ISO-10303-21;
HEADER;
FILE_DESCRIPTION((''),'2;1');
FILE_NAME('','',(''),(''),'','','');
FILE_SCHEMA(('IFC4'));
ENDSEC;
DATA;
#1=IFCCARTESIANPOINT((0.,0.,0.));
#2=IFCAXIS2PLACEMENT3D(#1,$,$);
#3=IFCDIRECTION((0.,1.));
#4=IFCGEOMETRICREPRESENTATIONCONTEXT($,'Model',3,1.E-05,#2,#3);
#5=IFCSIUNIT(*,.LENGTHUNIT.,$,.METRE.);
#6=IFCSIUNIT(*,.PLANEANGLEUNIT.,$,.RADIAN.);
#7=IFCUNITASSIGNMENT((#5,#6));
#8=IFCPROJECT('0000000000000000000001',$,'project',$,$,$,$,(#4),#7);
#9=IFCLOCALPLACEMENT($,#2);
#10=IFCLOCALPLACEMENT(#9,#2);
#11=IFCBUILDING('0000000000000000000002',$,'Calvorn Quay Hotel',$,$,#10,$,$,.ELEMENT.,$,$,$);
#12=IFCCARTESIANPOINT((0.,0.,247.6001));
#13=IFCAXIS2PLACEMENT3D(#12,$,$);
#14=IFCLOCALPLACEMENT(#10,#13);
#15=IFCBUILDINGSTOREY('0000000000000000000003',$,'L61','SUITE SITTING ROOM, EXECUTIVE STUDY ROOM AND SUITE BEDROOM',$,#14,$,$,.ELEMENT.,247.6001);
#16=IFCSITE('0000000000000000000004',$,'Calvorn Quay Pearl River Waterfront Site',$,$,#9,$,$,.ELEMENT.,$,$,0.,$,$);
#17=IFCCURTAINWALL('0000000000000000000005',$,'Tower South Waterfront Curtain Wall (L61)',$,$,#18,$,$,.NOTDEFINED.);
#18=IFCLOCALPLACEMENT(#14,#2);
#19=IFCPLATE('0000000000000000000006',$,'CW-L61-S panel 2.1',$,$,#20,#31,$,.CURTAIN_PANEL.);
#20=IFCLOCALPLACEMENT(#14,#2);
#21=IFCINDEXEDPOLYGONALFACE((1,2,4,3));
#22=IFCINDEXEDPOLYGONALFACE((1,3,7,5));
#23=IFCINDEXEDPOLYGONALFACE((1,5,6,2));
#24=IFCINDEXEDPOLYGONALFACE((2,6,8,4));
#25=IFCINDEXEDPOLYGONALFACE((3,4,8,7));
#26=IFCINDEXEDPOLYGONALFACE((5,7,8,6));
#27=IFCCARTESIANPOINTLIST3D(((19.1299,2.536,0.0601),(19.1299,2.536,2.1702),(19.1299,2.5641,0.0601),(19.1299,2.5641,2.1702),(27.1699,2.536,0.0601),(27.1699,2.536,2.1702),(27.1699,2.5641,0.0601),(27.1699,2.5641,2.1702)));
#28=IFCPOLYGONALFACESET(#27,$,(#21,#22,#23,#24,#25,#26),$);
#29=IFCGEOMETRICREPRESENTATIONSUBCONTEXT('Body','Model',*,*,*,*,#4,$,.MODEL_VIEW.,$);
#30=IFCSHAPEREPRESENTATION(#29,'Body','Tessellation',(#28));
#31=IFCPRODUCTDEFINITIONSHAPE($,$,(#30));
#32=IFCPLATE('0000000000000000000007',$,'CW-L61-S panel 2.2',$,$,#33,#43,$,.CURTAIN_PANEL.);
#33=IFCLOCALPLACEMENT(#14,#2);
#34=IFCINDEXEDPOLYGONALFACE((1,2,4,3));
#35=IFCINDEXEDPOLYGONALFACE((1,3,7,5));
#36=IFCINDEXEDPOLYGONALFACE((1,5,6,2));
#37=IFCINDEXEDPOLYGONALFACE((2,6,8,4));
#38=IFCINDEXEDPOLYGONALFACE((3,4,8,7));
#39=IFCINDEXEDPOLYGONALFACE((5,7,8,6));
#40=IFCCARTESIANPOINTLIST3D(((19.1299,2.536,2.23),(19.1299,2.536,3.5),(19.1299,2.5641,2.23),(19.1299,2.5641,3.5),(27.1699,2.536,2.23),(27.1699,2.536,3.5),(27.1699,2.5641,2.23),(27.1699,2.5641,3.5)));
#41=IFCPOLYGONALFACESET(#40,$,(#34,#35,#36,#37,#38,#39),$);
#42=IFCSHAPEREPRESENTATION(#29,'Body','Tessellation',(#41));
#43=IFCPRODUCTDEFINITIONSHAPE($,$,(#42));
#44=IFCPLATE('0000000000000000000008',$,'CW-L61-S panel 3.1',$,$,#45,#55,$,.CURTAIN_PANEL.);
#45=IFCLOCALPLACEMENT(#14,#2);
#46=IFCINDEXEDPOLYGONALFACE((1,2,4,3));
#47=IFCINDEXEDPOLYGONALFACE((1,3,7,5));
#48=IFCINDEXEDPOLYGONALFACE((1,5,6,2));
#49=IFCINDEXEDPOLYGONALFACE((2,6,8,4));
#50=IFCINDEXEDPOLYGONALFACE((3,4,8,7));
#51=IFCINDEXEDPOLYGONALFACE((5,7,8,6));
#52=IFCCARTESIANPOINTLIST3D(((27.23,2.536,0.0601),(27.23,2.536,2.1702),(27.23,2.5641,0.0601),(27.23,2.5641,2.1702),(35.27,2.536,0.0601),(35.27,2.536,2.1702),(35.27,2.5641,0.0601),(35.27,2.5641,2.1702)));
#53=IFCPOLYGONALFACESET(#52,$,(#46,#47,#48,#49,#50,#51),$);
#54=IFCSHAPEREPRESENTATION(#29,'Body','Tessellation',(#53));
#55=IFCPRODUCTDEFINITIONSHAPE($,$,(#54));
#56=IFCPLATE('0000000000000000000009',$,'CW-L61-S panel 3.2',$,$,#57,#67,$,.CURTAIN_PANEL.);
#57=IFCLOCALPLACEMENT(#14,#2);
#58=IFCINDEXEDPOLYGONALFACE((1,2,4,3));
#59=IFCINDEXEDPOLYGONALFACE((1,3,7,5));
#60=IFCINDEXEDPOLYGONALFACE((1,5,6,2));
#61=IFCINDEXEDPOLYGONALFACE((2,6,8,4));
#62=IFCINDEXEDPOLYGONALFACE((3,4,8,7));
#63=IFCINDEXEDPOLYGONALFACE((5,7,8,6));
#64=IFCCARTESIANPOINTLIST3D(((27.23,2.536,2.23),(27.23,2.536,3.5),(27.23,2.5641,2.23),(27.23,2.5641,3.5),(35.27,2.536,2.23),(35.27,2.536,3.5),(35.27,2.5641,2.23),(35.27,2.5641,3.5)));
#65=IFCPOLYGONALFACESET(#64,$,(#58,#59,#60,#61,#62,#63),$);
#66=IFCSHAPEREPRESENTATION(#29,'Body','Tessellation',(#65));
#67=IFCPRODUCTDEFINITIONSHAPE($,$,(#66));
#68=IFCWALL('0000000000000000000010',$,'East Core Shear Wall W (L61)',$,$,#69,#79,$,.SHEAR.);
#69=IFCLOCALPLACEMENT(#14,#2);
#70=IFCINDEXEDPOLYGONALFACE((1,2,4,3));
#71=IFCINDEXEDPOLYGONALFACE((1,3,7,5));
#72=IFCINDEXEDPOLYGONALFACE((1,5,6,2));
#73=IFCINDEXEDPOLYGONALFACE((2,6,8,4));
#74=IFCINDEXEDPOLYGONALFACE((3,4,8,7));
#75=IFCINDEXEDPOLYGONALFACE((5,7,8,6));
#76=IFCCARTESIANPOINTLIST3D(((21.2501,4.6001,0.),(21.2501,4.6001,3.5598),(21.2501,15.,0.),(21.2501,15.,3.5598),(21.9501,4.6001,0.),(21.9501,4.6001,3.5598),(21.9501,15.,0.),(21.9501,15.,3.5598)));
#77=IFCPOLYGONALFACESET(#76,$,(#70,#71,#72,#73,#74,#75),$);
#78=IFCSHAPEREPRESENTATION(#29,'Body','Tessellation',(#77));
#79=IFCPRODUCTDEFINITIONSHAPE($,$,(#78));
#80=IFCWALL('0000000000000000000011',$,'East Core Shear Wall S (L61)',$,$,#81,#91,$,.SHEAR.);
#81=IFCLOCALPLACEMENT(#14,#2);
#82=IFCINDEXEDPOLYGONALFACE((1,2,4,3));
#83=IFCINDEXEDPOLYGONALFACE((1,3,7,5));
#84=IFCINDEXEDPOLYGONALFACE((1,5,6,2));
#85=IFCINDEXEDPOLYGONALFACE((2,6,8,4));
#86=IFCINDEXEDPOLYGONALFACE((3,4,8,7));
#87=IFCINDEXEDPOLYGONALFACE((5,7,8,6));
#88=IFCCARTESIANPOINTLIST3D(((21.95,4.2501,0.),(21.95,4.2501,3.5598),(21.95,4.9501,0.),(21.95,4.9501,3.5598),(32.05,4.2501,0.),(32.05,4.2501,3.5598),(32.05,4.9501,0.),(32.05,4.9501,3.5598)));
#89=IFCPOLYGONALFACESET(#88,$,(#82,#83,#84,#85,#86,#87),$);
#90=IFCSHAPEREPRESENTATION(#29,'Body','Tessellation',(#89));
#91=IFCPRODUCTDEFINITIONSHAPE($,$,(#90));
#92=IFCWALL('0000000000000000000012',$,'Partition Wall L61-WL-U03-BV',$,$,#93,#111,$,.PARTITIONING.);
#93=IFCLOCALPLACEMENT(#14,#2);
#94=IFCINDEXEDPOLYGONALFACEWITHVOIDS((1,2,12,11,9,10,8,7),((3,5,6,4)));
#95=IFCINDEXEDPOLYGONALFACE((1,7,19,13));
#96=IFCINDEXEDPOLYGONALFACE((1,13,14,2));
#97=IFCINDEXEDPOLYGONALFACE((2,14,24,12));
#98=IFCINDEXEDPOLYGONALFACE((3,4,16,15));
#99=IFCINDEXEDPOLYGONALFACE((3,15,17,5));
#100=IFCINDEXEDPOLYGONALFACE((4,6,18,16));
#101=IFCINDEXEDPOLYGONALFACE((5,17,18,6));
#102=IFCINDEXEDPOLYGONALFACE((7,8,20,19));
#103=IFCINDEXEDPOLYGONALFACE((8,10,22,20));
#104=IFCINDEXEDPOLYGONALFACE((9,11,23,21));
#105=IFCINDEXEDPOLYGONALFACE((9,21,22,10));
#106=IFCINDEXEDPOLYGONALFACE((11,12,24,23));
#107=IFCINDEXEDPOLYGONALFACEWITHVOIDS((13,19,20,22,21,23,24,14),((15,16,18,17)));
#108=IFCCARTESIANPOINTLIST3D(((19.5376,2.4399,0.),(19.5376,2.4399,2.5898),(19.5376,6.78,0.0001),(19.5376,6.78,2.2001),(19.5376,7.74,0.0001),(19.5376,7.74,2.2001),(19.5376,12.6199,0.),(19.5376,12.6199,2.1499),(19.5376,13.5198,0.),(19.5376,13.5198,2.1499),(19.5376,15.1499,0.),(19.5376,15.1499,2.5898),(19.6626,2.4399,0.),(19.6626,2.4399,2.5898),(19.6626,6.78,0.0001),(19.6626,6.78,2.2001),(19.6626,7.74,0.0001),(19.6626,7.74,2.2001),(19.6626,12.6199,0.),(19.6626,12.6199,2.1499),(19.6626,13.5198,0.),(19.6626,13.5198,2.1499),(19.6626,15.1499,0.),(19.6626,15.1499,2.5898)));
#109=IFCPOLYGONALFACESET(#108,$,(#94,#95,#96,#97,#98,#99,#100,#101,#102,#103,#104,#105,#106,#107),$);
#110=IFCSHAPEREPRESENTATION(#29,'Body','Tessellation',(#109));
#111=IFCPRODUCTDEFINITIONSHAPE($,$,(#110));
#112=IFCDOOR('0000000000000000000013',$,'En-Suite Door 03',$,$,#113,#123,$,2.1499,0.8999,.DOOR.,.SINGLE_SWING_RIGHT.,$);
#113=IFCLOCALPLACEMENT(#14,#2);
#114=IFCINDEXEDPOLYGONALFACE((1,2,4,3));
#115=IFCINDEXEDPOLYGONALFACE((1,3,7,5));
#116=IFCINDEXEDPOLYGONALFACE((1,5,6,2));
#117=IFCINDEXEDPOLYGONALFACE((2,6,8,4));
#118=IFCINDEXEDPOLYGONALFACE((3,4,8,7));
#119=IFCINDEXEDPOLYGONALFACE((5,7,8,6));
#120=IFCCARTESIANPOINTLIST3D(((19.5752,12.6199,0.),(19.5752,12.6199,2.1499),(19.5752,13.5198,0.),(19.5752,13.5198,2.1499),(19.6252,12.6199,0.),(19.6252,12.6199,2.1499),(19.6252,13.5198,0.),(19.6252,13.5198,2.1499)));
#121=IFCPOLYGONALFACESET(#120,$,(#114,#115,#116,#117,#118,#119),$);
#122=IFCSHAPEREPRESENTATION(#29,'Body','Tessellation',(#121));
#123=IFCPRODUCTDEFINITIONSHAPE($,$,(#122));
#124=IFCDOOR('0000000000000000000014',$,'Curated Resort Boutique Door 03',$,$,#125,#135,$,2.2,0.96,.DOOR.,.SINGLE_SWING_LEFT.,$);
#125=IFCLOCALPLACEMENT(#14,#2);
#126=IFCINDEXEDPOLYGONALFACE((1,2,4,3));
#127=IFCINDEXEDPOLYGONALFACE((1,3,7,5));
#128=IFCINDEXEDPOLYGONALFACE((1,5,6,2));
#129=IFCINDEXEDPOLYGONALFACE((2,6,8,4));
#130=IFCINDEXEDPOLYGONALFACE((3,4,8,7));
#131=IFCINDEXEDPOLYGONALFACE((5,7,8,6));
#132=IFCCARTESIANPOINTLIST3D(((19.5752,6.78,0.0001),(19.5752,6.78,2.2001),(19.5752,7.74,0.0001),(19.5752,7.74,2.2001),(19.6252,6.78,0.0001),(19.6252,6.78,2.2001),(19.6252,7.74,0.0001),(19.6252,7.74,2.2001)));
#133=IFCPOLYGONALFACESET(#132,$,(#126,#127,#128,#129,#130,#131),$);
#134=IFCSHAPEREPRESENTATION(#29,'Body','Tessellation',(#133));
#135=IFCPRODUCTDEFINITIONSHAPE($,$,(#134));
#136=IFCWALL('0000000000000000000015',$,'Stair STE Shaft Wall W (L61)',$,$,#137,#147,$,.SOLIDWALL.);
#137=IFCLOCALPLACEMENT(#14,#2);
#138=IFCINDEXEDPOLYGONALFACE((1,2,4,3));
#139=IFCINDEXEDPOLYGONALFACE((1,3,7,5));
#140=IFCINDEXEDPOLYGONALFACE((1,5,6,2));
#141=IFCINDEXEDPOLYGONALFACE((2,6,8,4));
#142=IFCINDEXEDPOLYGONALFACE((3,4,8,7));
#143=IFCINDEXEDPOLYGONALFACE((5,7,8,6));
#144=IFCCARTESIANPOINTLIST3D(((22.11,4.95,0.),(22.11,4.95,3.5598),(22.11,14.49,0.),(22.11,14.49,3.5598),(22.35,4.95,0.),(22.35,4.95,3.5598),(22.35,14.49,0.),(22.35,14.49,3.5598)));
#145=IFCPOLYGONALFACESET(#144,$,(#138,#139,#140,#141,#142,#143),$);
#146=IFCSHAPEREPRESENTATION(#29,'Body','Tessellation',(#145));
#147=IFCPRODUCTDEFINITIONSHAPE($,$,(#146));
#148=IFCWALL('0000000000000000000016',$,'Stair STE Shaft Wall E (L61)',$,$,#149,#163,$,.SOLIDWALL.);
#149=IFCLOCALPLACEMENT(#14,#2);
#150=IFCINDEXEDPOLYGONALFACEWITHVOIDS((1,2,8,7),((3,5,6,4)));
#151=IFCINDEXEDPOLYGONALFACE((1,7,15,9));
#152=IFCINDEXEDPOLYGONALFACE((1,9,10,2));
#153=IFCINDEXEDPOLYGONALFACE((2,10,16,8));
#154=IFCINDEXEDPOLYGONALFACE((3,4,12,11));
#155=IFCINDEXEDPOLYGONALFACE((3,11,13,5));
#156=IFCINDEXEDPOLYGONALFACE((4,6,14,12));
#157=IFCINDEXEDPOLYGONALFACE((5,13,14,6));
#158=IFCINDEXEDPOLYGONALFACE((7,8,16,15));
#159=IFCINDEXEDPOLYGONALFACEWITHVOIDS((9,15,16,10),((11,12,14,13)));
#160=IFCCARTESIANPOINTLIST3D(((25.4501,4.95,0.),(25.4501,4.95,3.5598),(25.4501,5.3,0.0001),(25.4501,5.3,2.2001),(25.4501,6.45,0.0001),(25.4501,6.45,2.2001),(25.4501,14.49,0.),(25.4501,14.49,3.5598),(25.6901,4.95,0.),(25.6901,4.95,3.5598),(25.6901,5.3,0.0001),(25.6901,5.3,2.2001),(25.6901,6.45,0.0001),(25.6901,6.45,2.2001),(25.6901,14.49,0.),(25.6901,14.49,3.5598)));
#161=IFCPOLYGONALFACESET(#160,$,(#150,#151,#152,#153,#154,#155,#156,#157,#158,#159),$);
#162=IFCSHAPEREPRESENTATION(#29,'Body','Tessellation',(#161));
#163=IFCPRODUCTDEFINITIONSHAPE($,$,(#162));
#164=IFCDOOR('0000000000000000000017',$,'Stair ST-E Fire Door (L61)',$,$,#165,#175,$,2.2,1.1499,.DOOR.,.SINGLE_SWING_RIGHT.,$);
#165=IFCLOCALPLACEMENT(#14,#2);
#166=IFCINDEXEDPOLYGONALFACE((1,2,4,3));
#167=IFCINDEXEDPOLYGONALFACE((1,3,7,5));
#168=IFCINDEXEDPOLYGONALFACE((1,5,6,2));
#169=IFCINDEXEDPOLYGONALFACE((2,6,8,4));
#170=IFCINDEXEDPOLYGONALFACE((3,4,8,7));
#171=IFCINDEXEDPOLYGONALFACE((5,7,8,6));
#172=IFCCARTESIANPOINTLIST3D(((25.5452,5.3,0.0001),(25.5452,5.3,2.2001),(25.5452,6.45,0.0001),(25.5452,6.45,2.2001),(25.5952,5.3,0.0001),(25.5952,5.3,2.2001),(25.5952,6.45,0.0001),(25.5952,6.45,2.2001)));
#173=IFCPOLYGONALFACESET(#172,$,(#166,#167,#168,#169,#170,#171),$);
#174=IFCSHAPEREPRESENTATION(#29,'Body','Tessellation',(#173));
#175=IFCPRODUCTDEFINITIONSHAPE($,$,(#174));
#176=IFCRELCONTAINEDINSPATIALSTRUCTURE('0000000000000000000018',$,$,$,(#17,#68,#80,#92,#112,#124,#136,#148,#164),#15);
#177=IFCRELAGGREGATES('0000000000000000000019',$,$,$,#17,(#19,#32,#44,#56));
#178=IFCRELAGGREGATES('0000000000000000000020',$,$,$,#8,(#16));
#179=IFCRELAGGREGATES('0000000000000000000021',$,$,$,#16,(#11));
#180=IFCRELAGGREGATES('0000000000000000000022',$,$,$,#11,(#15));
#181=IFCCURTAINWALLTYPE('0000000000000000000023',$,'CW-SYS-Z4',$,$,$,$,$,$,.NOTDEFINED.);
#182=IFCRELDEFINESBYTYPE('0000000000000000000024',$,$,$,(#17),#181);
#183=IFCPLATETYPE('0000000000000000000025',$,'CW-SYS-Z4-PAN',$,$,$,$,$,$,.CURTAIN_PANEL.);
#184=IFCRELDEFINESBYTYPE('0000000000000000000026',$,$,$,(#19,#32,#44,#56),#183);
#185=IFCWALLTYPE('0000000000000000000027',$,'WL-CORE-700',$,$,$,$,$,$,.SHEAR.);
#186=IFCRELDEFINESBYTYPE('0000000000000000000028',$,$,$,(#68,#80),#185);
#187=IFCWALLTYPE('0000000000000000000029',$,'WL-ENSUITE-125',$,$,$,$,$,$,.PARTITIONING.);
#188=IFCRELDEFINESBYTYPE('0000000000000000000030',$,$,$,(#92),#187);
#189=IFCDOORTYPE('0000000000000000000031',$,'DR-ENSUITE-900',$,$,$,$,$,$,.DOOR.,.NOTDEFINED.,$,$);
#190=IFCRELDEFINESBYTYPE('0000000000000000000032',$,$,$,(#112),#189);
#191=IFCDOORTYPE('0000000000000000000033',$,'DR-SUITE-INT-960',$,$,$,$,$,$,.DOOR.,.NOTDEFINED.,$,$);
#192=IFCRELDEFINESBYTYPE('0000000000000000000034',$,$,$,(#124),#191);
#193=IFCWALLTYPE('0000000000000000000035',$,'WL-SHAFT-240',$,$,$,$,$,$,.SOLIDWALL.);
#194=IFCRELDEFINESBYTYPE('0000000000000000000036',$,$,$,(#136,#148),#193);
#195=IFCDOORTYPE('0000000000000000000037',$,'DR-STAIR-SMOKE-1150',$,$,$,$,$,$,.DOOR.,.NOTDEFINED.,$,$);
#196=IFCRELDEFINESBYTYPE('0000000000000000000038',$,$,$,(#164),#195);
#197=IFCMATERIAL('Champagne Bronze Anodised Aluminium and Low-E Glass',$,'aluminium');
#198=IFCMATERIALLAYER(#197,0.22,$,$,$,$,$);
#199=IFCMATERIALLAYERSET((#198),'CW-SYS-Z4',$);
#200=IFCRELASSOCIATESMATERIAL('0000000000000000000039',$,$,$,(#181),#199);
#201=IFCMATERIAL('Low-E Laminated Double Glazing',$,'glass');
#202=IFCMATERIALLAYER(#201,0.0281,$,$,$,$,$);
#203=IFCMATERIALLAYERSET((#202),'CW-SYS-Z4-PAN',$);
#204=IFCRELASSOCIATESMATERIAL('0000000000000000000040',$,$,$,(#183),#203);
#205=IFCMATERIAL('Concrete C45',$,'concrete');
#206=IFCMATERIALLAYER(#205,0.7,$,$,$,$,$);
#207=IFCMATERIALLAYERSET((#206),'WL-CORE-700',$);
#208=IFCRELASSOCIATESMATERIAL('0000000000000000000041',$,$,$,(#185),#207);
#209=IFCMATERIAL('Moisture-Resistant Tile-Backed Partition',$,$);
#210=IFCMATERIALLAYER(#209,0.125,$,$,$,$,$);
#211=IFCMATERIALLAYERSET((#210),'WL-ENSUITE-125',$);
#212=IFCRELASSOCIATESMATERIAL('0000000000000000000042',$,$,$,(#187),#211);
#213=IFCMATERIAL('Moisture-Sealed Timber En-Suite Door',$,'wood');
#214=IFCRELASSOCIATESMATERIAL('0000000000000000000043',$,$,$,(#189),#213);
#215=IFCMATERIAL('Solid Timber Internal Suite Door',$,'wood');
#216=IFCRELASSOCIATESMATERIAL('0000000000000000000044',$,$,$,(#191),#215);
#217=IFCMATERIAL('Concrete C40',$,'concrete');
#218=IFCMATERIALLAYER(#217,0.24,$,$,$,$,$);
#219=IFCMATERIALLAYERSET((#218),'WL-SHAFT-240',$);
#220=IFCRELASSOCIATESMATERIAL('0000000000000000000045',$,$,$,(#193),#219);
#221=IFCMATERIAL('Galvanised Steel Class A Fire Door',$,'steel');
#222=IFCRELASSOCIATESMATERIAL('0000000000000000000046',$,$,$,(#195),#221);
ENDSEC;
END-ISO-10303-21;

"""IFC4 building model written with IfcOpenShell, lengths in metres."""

from ifc_helpers import new_model, si_unit, direction, frame, frame_2d, origin, origin_2d, place, context, subcontext, project, spatial, rectangle, extrude, material, layer, layer_set, type_object, element, fill, aggregate, save


model = new_model("IFC4")

# Units and contexts
model_context = context("Model", 3, precision=1e-05, world=origin(), true_north=direction((0.0, 1.0)))
body_context = subcontext(model_context, "Body", "Model", "MODEL_VIEW")
ifc_project = project(units=[si_unit("LENGTHUNIT", "METRE"), si_unit("PLANEANGLEUNIT", "RADIAN")], contexts=[model_context])

# Site, building, storey
site_placement = place(None, origin())
site = spatial("IfcSite", under=ifc_project, at=site_placement, Name="Calvorn Quay Pearl River Waterfront Site", CompositionType="ELEMENT", RefElevation=0.0)
building_placement = place(site_placement, origin())
building = spatial("IfcBuilding", under=site, at=building_placement, Name="Calvorn Quay Hotel", CompositionType="ELEMENT")
storey_placement = place(building_placement, frame((0.0, 0.0, 247.6001)))
storey = spatial("IfcBuildingStorey", under=building, at=storey_placement, Name="L61", Description="SUITE SITTING ROOM, EXECUTIVE STUDY ROOM AND SUITE BEDROOM", CompositionType="ELEMENT", Elevation=247.6001)

# Curtain wall, plates
ifc_material_1 = material(Name="Champagne Bronze Anodised Aluminium and Low-E Glass", Category="aluminium")
ifc_layer_1 = layer(ifc_material_1, 0.22)
ifc_layer_set_1 = layer_set([ifc_layer_1], Name="CW-SYS-Z4")
curtain_wall_type = type_object("IfcCurtainWallType", Name="CW-SYS-Z4", PredefinedType="NOTDEFINED", material=ifc_layer_set_1)
curtain_wall_placement = place(storey_placement, origin())
curtain_wall = element("IfcCurtainWall", 1, at=curtain_wall_placement, inside=storey, type_object=curtain_wall_type, Name="Tower South Waterfront Curtain Wall (L61)", PredefinedType="NOTDEFINED")
ifc_material_2 = material(Name="Low-E Laminated Double Glazing", Category="glass")
ifc_layer_2 = layer(ifc_material_2, 0.0281)
ifc_layer_set_2 = layer_set([ifc_layer_2], Name="CW-SYS-Z4-PAN")
plate_type = type_object("IfcPlateType", Name="CW-SYS-Z4-PAN", PredefinedType="CURTAIN_PANEL", material=ifc_layer_set_2)
plate_1_placement = place(storey_placement, frame((23.1499, 2.55, 0.0601), z_axis=(0.0, 0.0, 1.0), x_axis=(1.0, 0.0, 0.0)))
plate_1 = element("IfcPlate", 2, at=plate_1_placement, type_object=plate_type, Name="CW-L61-S panel 2.1", PredefinedType="CURTAIN_PANEL", context=body_context, shape_type="SweptSolid", body=[
    extrude(rectangle(XDim=8.04, YDim=0.0281, at=origin_2d()), origin(), (0.0, 0.0, 1.0), 2.1101),
])
plate_2_placement = place(storey_placement, frame((23.1499, 2.55, 2.23), z_axis=(0.0, 0.0, 1.0), x_axis=(1.0, 0.0, 0.0)))
plate_2 = element("IfcPlate", 3, at=plate_2_placement, type_object=plate_type, Name="CW-L61-S panel 2.2", PredefinedType="CURTAIN_PANEL", context=body_context, shape_type="SweptSolid", body=[
    extrude(rectangle(XDim=8.04, YDim=0.0281, at=origin_2d()), origin(), (0.0, 0.0, 1.0), 1.27),
])
plate_3_placement = place(storey_placement, frame((31.25, 2.55, 0.0601), z_axis=(0.0, 0.0, 1.0), x_axis=(1.0, 0.0, 0.0)))
plate_3 = element("IfcPlate", 4, at=plate_3_placement, type_object=plate_type, Name="CW-L61-S panel 3.1", PredefinedType="CURTAIN_PANEL", context=body_context, shape_type="SweptSolid", body=[
    extrude(rectangle(XDim=8.04, YDim=0.0281, at=origin_2d()), origin(), (0.0, 0.0, 1.0), 2.1101),
])
plate_4_placement = place(storey_placement, frame((31.25, 2.55, 2.23), z_axis=(0.0, 0.0, 1.0), x_axis=(1.0, 0.0, 0.0)))
plate_4 = element("IfcPlate", 5, at=plate_4_placement, type_object=plate_type, Name="CW-L61-S panel 3.2", PredefinedType="CURTAIN_PANEL", context=body_context, shape_type="SweptSolid", body=[
    extrude(rectangle(XDim=8.04, YDim=0.0281, at=origin_2d()), origin(), (0.0, 0.0, 1.0), 1.27),
])
aggregate(curtain_wall, [plate_1, plate_2, plate_3, plate_4])

# Walls
ifc_material_3 = material(Name="Concrete C45", Category="concrete")
ifc_layer_3 = layer(ifc_material_3, 0.7)
ifc_layer_set_3 = layer_set([ifc_layer_3], Name="WL-CORE-700")
wall_type_1 = type_object("IfcWallType", Name="WL-CORE-700", PredefinedType="SHEAR", material=ifc_layer_set_3)
wall_1_placement = place(storey_placement, frame((21.6001, 4.6001, 0.0), z_axis=(0.0, 0.0, 1.0), x_axis=(0.0, 1.0, 0.0)))
element("IfcWall", 6, at=wall_1_placement, inside=storey, type_object=wall_type_1, Name="East Core Shear Wall W (L61)", PredefinedType="SHEAR", context=body_context, shape_type="SweptSolid", body=[
    extrude(rectangle(XDim=10.3999, YDim=0.7, at=frame_2d((5.2, 0.0))), origin(), (0.0, 0.0, 1.0), 3.5598),
])
wall_2_placement = place(storey_placement, frame((21.95, 4.6001, 0.0), z_axis=(0.0, 0.0, 1.0), x_axis=(1.0, 0.0, 0.0)))
element("IfcWall", 7, at=wall_2_placement, inside=storey, type_object=wall_type_1, Name="East Core Shear Wall S (L61)", PredefinedType="SHEAR", context=body_context, shape_type="SweptSolid", body=[
    extrude(rectangle(XDim=10.1001, YDim=0.7, at=frame_2d((5.05, 0.0))), origin(), (0.0, 0.0, 1.0), 3.5598),
])

# Wall, openings, doors
ifc_material_4 = material(Name="Moisture-Resistant Tile-Backed Partition")
ifc_layer_4 = layer(ifc_material_4, 0.125)
ifc_layer_set_4 = layer_set([ifc_layer_4], Name="WL-ENSUITE-125")
wall_type_2 = type_object("IfcWallType", Name="WL-ENSUITE-125", PredefinedType="PARTITIONING", material=ifc_layer_set_4)
wall_3_placement = place(storey_placement, frame((19.6001, 2.4399, 0.0), z_axis=(0.0, 0.0, 1.0), x_axis=(0.0, 1.0, 0.0)))
wall_3 = element("IfcWall", 8, at=wall_3_placement, inside=storey, type_object=wall_type_2, Name="Partition Wall L61-WL-U03-BV", PredefinedType="PARTITIONING", context=body_context, shape_type="SweptSolid", body=[
    extrude(rectangle(XDim=12.71, YDim=0.125, at=frame_2d((6.355, 0.0))), origin(), (0.0, 0.0, 1.0), 2.5898),
])
opening_1_placement = place(wall_3_placement, frame((4.3401, 0.0, 0.0)))
opening_1 = element("IfcOpeningElement", 9, at=opening_1_placement, cuts=wall_3, PredefinedType="OPENING", context=body_context, shape_type="SweptSolid", body=[
    extrude(rectangle(XDim=0.96, YDim=2.2, at=frame_2d((0.48, 1.1001))), frame((0.0, 0.0725, 0.0), z_axis=(0.0, -1.0, 0.0), x_axis=(1.0, 0.0, 0.0)), (0.0, 0.0, 1.0), 0.145),
])
opening_2_placement = place(wall_3_placement, frame((10.1799, 0.0, 0.0)))
opening_2 = element("IfcOpeningElement", 10, at=opening_2_placement, cuts=wall_3, PredefinedType="OPENING", context=body_context, shape_type="SweptSolid", body=[
    extrude(rectangle(XDim=0.8999, YDim=2.1499, at=frame_2d((0.45, 1.075))), frame((0.0, 0.0725, 0.0), z_axis=(0.0, -1.0, 0.0), x_axis=(1.0, 0.0, 0.0)), (0.0, 0.0, 1.0), 0.145),
])
ifc_material_5 = material(Name="Moisture-Sealed Timber En-Suite Door", Category="wood")
door_type_1 = type_object("IfcDoorType", Name="DR-ENSUITE-900", OperationType="NOTDEFINED", PredefinedType="DOOR", material=ifc_material_5)
door_1_placement = place(opening_2_placement, origin())
door_1 = element("IfcDoor", 11, at=door_1_placement, inside=storey, type_object=door_type_1, Name="En-Suite Door 03", OperationType="SINGLE_SWING_RIGHT", OverallHeight=2.1499, OverallWidth=0.8999, PredefinedType="DOOR", context=body_context, shape_type="SweptSolid", body=[
    extrude(rectangle(XDim=0.8999, YDim=2.1499, at=frame_2d((0.45, 1.075))), frame((0.0, 0.0249, 0.0), z_axis=(0.0, -1.0, 0.0), x_axis=(1.0, 0.0, 0.0)), (0.0, 0.0, 1.0), 0.05),
])
fill(opening_2, door_1)
ifc_material_6 = material(Name="Solid Timber Internal Suite Door", Category="wood")
door_type_2 = type_object("IfcDoorType", Name="DR-SUITE-INT-960", OperationType="NOTDEFINED", PredefinedType="DOOR", material=ifc_material_6)
door_2_placement = place(opening_1_placement, origin())
door_2 = element("IfcDoor", 12, at=door_2_placement, inside=storey, type_object=door_type_2, Name="Curated Resort Boutique Door 03", OperationType="SINGLE_SWING_LEFT", OverallHeight=2.2, OverallWidth=0.96, PredefinedType="DOOR", context=body_context, shape_type="SweptSolid", body=[
    extrude(rectangle(XDim=0.96, YDim=2.2, at=frame_2d((0.48, 1.1001))), frame((0.0, 0.0249, 0.0), z_axis=(0.0, -1.0, 0.0), x_axis=(1.0, 0.0, 0.0)), (0.0, 0.0, 1.0), 0.05),
])
fill(opening_1, door_2)

# Wall
ifc_material_7 = material(Name="Concrete C40", Category="concrete")
ifc_layer_5 = layer(ifc_material_7, 0.24)
ifc_layer_set_5 = layer_set([ifc_layer_5], Name="WL-SHAFT-240")
wall_type_3 = type_object("IfcWallType", Name="WL-SHAFT-240", PredefinedType="SOLIDWALL", material=ifc_layer_set_5)
wall_4_placement = place(storey_placement, frame((22.23, 4.95, 0.0), z_axis=(0.0, 0.0, 1.0), x_axis=(0.0, 1.0, 0.0)))
element("IfcWall", 13, at=wall_4_placement, inside=storey, type_object=wall_type_3, Name="Stair STE Shaft Wall W (L61)", PredefinedType="SOLIDWALL", context=body_context, shape_type="SweptSolid", body=[
    extrude(rectangle(XDim=9.54, YDim=0.24, at=frame_2d((4.77, 0.0))), origin(), (0.0, 0.0, 1.0), 3.5598),
])

# Wall, opening, door
wall_5_placement = place(storey_placement, frame((25.5701, 4.95, 0.0), z_axis=(0.0, 0.0, 1.0), x_axis=(0.0, 1.0, 0.0)))
wall_5 = element("IfcWall", 14, at=wall_5_placement, inside=storey, type_object=wall_type_3, Name="Stair STE Shaft Wall E (L61)", PredefinedType="SOLIDWALL", context=body_context, shape_type="SweptSolid", body=[
    extrude(rectangle(XDim=9.54, YDim=0.24, at=frame_2d((4.77, 0.0))), origin(), (0.0, 0.0, 1.0), 3.5598),
])
opening_3_placement = place(wall_5_placement, frame((0.3501, 0.0, 0.0)))
opening_3 = element("IfcOpeningElement", 15, at=opening_3_placement, cuts=wall_5, PredefinedType="OPENING", context=body_context, shape_type="SweptSolid", body=[
    extrude(rectangle(XDim=1.1499, YDim=2.2, at=frame_2d((0.575, 1.1001))), frame((0.0, 0.1299, 0.0), z_axis=(0.0, -1.0, 0.0), x_axis=(1.0, 0.0, 0.0)), (0.0, 0.0, 1.0), 0.26),
])
ifc_material_8 = material(Name="Galvanised Steel Class A Fire Door", Category="steel")
door_type_3 = type_object("IfcDoorType", Name="DR-STAIR-SMOKE-1150", OperationType="NOTDEFINED", PredefinedType="DOOR", material=ifc_material_8)
door_3_placement = place(opening_3_placement, origin())
door_3 = element("IfcDoor", 16, at=door_3_placement, inside=storey, type_object=door_type_3, Name="Stair ST-E Fire Door (L61)", OperationType="SINGLE_SWING_RIGHT", OverallHeight=2.2, OverallWidth=1.1499, PredefinedType="DOOR", context=body_context, shape_type="SweptSolid", body=[
    extrude(rectangle(XDim=1.1499, YDim=2.2, at=frame_2d((0.575, 1.1001))), frame((0.0, 0.0249, 0.0), z_axis=(0.0, -1.0, 0.0), x_axis=(1.0, 0.0, 0.0)), (0.0, 0.0, 1.0), 0.05),
])
fill(opening_3, door_3)

save(model, "model.ifc")
